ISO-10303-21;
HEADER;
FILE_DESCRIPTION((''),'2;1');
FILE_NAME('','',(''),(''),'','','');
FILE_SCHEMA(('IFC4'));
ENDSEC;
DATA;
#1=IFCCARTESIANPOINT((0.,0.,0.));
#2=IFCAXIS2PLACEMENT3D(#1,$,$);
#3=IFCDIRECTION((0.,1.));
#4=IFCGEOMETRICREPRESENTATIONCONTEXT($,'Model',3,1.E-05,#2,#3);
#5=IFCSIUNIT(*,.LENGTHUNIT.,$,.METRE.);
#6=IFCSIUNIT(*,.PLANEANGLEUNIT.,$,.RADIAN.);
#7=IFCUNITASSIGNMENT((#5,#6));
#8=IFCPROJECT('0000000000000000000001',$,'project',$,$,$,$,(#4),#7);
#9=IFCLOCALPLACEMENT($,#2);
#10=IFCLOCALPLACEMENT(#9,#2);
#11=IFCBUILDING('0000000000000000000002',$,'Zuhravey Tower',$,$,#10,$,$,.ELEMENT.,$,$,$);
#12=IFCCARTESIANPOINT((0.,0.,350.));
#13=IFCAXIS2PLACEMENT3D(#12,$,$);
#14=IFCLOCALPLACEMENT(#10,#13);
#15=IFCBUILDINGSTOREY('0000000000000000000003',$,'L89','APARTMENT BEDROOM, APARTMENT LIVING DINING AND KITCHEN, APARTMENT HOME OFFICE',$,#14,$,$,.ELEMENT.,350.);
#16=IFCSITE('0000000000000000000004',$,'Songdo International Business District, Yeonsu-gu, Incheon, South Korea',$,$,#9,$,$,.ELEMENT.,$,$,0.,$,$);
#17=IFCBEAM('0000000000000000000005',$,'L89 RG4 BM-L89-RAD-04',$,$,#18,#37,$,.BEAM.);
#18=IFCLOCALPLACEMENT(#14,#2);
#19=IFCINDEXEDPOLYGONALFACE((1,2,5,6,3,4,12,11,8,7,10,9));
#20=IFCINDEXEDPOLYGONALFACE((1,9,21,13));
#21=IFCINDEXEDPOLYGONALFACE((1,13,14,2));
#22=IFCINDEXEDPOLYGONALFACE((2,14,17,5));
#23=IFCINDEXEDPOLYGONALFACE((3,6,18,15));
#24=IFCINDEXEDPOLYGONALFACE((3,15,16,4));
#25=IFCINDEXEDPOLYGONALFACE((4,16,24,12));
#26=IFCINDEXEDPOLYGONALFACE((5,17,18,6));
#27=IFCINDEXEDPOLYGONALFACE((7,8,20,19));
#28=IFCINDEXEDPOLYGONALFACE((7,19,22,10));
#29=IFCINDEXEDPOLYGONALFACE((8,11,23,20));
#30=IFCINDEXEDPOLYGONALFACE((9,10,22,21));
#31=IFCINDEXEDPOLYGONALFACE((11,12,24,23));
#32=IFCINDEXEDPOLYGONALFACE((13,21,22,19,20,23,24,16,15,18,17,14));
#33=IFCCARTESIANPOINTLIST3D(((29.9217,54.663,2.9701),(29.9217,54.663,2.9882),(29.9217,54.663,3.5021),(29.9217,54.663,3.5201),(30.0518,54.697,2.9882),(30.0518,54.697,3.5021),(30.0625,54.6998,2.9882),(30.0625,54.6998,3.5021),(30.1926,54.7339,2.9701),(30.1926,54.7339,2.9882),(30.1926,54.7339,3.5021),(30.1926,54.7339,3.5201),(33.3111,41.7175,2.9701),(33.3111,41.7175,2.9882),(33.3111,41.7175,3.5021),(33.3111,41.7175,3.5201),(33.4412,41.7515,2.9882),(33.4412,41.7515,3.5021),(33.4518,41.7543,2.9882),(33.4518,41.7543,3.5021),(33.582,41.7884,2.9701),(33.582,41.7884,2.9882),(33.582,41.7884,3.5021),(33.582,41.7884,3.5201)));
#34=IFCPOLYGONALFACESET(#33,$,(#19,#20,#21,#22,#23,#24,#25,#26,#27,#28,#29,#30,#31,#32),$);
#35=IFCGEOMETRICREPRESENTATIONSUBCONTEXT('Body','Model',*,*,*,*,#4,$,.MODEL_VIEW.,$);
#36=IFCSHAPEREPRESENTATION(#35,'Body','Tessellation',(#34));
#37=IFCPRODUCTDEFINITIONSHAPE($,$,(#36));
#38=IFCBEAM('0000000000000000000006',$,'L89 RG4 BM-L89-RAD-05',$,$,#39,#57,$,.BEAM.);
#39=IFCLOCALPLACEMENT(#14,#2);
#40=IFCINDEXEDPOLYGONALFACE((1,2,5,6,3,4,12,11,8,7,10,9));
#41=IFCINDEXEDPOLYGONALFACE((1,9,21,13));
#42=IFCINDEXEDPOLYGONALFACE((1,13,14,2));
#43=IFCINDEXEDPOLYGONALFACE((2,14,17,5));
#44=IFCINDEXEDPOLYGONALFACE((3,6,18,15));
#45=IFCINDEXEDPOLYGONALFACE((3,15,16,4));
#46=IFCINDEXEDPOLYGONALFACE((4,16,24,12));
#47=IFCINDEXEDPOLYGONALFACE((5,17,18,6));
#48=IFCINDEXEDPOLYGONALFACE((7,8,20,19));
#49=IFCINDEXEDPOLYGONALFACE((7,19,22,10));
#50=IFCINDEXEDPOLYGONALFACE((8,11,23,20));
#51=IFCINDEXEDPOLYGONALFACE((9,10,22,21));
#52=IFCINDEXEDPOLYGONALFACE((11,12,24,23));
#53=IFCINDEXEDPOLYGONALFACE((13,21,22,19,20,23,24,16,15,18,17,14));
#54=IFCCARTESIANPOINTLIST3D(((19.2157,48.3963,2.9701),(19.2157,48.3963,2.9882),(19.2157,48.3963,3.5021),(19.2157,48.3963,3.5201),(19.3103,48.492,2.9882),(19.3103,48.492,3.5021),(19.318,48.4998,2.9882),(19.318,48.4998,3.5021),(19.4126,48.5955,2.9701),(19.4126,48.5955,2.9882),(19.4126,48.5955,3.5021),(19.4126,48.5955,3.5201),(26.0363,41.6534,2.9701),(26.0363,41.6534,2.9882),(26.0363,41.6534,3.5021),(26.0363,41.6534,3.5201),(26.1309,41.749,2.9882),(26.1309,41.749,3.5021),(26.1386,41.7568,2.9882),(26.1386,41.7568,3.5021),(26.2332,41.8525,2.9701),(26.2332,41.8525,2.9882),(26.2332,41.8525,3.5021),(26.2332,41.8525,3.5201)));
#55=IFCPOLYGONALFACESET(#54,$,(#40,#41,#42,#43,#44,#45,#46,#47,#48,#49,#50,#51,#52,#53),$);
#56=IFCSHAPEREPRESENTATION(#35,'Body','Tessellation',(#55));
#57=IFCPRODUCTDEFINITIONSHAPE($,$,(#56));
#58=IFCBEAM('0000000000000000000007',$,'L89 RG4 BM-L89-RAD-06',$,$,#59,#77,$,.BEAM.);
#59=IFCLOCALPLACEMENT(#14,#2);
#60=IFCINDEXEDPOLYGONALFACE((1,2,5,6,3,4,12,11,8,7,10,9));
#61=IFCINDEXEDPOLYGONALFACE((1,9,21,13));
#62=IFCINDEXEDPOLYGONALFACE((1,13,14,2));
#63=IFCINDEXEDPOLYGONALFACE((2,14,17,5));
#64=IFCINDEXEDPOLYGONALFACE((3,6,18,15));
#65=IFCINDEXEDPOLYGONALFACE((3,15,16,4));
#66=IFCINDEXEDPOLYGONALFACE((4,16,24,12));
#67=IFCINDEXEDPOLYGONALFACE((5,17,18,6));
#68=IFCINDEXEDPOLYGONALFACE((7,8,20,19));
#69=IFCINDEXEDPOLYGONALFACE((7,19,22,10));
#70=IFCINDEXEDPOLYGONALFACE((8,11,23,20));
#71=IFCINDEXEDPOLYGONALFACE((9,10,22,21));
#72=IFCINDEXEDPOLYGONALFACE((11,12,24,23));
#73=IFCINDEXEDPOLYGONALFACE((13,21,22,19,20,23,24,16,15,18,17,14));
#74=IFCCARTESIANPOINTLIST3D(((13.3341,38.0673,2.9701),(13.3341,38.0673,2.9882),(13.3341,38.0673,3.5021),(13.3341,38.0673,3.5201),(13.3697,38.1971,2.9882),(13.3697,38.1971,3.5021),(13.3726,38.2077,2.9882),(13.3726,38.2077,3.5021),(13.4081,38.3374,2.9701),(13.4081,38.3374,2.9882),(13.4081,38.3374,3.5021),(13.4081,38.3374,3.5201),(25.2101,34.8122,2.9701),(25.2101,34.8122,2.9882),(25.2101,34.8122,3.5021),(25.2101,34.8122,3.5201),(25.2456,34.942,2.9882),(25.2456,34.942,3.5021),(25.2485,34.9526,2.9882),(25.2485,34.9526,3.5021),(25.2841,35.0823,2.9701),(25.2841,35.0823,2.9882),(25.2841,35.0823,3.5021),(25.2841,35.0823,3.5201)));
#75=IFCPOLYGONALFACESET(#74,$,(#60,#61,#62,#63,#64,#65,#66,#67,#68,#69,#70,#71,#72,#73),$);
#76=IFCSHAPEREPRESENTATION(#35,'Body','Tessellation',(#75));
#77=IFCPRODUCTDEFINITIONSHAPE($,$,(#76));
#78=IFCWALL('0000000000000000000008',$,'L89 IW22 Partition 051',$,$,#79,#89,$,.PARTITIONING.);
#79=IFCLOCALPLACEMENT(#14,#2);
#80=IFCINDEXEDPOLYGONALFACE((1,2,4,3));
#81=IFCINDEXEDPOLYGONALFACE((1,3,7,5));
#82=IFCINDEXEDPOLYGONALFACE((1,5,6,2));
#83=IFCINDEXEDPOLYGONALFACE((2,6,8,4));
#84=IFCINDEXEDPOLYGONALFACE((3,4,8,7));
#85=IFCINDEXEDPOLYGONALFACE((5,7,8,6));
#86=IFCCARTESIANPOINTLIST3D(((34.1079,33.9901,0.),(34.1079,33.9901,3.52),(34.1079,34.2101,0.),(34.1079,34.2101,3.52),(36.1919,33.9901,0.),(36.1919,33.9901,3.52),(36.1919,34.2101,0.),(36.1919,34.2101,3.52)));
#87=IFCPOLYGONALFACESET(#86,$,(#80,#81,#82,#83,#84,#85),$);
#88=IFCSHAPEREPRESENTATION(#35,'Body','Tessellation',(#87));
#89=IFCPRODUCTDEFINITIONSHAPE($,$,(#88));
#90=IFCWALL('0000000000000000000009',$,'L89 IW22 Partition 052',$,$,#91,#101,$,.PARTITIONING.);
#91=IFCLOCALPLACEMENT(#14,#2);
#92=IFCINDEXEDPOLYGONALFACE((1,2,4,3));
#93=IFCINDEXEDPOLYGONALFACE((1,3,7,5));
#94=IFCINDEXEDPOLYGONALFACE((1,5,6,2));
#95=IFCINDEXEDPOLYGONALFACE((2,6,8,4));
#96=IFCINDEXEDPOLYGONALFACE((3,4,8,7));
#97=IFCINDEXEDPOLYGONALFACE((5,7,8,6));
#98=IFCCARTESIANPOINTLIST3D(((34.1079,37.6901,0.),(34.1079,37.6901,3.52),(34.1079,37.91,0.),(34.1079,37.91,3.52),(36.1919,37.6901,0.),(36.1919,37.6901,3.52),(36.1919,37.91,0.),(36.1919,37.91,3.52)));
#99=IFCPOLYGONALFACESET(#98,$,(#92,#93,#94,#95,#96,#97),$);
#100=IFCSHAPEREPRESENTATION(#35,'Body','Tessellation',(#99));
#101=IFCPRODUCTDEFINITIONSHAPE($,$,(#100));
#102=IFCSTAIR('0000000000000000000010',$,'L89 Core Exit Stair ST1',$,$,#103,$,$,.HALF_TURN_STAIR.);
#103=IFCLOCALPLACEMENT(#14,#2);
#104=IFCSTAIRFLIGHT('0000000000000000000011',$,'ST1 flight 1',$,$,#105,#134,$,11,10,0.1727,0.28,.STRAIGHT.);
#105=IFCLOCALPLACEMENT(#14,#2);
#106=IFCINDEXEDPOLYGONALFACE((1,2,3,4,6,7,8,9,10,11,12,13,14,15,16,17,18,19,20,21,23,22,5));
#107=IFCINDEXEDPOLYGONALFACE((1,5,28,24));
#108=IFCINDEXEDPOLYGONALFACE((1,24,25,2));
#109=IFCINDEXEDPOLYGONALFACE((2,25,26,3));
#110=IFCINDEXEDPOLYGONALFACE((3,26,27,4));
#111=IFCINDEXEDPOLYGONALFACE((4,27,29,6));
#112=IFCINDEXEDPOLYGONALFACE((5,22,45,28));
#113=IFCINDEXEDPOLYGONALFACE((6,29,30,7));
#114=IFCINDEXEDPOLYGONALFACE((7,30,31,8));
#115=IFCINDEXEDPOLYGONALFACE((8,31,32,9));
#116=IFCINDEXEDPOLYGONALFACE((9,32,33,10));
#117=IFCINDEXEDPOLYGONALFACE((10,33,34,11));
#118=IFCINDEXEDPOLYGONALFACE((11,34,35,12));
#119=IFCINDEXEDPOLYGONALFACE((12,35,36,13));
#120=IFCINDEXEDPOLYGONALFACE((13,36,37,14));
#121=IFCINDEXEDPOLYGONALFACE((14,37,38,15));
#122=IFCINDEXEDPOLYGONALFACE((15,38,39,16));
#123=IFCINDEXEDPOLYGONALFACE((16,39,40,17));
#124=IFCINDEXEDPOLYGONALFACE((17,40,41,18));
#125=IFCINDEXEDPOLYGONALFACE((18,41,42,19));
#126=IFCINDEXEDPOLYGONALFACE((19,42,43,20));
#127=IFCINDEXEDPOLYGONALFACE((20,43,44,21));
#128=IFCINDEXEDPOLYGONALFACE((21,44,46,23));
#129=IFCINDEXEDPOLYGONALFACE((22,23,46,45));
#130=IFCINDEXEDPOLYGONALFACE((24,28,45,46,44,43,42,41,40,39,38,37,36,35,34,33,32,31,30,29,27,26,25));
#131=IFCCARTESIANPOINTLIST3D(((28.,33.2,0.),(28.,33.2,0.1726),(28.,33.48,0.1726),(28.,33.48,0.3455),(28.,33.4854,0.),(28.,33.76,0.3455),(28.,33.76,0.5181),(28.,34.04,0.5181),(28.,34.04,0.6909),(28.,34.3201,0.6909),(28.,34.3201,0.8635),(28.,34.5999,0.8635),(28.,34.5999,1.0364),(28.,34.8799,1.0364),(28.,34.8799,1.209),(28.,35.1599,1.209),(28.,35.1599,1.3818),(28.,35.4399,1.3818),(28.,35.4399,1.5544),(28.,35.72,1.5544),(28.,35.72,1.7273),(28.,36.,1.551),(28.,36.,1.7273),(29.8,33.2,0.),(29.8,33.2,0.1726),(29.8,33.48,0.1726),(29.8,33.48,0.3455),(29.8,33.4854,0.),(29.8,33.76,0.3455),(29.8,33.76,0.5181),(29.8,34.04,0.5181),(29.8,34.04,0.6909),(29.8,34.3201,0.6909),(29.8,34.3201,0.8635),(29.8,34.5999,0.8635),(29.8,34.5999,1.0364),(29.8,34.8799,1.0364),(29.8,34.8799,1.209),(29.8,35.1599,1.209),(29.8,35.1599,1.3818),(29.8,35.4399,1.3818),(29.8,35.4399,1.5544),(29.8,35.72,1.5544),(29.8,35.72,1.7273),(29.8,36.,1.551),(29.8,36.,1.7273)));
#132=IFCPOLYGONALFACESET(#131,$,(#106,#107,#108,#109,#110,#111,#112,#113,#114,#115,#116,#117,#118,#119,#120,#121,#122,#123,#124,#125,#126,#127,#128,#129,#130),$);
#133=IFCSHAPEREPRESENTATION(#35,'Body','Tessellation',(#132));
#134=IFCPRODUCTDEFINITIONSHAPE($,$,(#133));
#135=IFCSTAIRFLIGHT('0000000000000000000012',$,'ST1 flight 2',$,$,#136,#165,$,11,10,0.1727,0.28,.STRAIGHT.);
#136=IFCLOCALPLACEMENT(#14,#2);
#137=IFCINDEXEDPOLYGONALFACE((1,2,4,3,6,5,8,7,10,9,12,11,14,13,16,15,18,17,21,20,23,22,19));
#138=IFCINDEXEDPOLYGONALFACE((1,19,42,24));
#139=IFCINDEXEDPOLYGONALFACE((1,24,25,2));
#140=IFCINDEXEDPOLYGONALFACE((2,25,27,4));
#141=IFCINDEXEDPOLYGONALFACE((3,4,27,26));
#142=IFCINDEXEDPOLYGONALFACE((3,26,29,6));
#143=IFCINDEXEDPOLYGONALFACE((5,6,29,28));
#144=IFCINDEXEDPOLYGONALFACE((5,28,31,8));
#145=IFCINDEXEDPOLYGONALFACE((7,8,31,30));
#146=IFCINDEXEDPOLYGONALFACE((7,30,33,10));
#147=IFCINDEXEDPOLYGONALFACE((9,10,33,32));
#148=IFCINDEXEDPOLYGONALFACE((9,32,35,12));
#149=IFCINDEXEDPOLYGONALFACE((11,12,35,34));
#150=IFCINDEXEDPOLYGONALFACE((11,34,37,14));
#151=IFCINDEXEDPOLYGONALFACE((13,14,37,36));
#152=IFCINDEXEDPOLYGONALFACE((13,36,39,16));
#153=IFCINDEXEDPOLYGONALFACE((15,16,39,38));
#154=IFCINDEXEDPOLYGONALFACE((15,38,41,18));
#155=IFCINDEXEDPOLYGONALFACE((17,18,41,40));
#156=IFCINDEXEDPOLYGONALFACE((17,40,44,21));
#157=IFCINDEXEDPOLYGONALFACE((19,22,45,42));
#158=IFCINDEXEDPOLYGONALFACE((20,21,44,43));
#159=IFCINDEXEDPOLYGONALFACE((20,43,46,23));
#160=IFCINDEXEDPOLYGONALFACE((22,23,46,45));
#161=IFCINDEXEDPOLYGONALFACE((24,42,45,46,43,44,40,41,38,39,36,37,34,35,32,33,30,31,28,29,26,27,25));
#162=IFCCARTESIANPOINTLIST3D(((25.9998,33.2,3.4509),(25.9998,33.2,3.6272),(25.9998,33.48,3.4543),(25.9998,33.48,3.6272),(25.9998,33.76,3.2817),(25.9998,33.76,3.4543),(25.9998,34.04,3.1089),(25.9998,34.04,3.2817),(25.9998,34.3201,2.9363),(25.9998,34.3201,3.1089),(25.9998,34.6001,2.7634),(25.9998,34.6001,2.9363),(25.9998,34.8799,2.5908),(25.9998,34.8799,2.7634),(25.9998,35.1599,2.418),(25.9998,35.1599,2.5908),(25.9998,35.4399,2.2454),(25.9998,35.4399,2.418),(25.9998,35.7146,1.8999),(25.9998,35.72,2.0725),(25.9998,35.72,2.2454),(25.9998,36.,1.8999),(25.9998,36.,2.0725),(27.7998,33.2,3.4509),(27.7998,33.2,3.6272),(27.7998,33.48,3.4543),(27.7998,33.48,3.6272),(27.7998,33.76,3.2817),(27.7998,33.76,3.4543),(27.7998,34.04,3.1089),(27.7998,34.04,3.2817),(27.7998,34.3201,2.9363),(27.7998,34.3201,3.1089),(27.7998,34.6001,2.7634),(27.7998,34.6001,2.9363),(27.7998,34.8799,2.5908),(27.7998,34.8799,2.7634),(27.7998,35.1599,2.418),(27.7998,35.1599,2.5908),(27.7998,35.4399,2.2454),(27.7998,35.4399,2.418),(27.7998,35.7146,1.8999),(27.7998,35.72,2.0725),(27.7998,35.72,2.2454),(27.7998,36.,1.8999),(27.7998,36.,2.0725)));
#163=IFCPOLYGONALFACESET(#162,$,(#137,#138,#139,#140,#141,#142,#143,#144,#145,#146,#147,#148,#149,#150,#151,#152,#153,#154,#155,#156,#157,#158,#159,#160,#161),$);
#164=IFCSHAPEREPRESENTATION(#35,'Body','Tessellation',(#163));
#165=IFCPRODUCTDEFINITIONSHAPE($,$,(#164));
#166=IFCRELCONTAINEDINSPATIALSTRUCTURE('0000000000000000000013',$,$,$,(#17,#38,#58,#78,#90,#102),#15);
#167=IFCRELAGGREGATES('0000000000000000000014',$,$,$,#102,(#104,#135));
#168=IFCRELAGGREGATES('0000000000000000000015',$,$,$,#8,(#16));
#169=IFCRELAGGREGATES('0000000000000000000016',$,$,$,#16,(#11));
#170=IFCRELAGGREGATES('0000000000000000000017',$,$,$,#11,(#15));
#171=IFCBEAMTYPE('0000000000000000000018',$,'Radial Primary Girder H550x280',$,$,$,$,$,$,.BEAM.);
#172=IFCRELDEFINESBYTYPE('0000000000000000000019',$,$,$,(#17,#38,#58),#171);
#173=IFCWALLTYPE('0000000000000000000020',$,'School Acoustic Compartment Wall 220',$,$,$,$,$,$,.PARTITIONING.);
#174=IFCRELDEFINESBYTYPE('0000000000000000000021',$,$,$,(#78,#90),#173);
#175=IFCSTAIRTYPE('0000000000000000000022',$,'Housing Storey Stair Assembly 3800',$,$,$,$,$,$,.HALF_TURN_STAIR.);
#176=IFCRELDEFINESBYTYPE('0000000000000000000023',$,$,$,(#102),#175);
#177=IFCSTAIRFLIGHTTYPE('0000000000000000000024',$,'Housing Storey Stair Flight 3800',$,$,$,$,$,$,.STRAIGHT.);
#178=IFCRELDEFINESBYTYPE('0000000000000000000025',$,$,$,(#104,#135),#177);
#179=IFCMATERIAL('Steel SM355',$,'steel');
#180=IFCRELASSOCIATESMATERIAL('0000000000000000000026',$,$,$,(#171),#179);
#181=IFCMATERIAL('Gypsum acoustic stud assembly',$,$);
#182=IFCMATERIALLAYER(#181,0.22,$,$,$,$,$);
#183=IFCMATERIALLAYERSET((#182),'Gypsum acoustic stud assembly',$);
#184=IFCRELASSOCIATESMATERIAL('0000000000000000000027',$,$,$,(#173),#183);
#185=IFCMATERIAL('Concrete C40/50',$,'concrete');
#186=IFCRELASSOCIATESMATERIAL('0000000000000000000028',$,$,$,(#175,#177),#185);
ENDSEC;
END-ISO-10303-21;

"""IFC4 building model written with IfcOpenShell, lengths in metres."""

from ifc_helpers import new_model, si_unit, direction, frame, frame_2d, origin, origin_2d, place, context, subcontext, project, spatial, polyline, rectangle, i_section, outline, extrude, material, layer, layer_set, material_profile, profile_set, type_object, element, aggregate, save


model = new_model("IFC4")

# Units and contexts
model_context = context("Model", 3, precision=1e-05, world=origin(), true_north=direction((0.0, 1.0)))
body_context = subcontext(model_context, "Body", "Model", "MODEL_VIEW")
ifc_project = project(units=[si_unit("LENGTHUNIT", "METRE"), si_unit("PLANEANGLEUNIT", "RADIAN")], contexts=[model_context])

# Site, building, storey
site_placement = place(None, origin())
site = spatial("IfcSite", under=ifc_project, at=site_placement, Name="Songdo International Business District, Yeonsu-gu, Incheon, South Korea", CompositionType="ELEMENT", RefElevation=0.0)
building_placement = place(site_placement, origin())
building = spatial("IfcBuilding", under=site, at=building_placement, Name="Zuhravey Tower", CompositionType="ELEMENT")
storey_placement = place(building_placement, frame((0.0, 0.0, 350.0)))
storey = spatial("IfcBuildingStorey", under=building, at=storey_placement, Name="L89", Description="APARTMENT BEDROOM, APARTMENT LIVING DINING AND KITCHEN, APARTMENT HOME OFFICE", CompositionType="ELEMENT", Elevation=350.0)

# Beams
ifc_material_1 = material(Name="Steel SM355", Category="steel")
ifc_material_profile = material_profile(ifc_material_1, i_section(OverallWidth=0.28, OverallDepth=0.55, WebThickness=0.011, FlangeThickness=0.0181, at=origin_2d()), Name="H-550x280x11x18")
ifc_profile_set = profile_set([ifc_material_profile], Name="Steel SM355")
beam_type = type_object("IfcBeamType", Name="Radial Primary Girder H550x280", PredefinedType="BEAM", material=ifc_profile_set)
beam_1_placement = place(storey_placement, frame((33.4465, 41.7529, 3.2451), z_axis=(-0.253283, 0.967392, 0.0), x_axis=(-0.967392, -0.253283, 0.0)))
element("IfcBeam", 1, at=beam_1_placement, inside=storey, type_object=beam_type, Name="L89 RG4 BM-L89-RAD-04", PredefinedType="BEAM", context=body_context, shape_type="SweptSolid", body=[
    extrude(i_section(OverallWidth=0.28, OverallDepth=0.55, WebThickness=0.011, FlangeThickness=0.0181, at=origin_2d()), origin(), (0.0, 0.0, 1.0), 13.3818),
])
beam_2_placement = place(storey_placement, frame((26.1348, 41.7529, 3.2451), z_axis=(-0.711143, 0.703048, 0.0), x_axis=(-0.703048, -0.711143, 0.0)))
element("IfcBeam", 2, at=beam_2_placement, inside=storey, type_object=beam_type, Name="L89 RG4 BM-L89-RAD-05", PredefinedType="BEAM", context=body_context, shape_type="SweptSolid", body=[
    extrude(i_section(OverallWidth=0.28, OverallDepth=0.55, WebThickness=0.011, FlangeThickness=0.0181, at=origin_2d()), origin(), (0.0, 0.0, 1.0), 9.5911),
])
beam_3_placement = place(storey_placement, frame((25.2471, 34.9473, 3.2451), z_axis=(-0.964429, 0.264344, 0.0), x_axis=(-0.264344, -0.964429, 0.0)))
element("IfcBeam", 3, at=beam_3_placement, inside=storey, type_object=beam_type, Name="L89 RG4 BM-L89-RAD-06", PredefinedType="BEAM", context=body_context, shape_type="SweptSolid", body=[
    extrude(i_section(OverallWidth=0.28, OverallDepth=0.55, WebThickness=0.011, FlangeThickness=0.0181, at=origin_2d()), origin(), (0.0, 0.0, 1.0), 12.314),
])

# Walls
ifc_material_2 = material(Name="Gypsum acoustic stud assembly")
ifc_layer = layer(ifc_material_2, 0.22)
ifc_layer_set = layer_set([ifc_layer], Name="Gypsum acoustic stud assembly")
wall_type = type_object("IfcWallType", Name="School Acoustic Compartment Wall 220", PredefinedType="PARTITIONING", material=ifc_layer_set)
for number, where, z_axis, x_axis, name in (
    (4, (34.1079, 34.1001, 0.0), (0.0, 0.0, 1.0), (1.0, 0.0, 0.0), "L89 IW22 Partition 051"),
    (5, (34.1079, 37.8, 0.0), (0.0, 0.0, 1.0), (1.0, 0.0, 0.0), "L89 IW22 Partition 052"),
):
    element("IfcWall", number, at=place(storey_placement, frame(where, z_axis=z_axis, x_axis=x_axis)), inside=storey, type_object=wall_type, Name=name, PredefinedType="PARTITIONING", context=body_context, shape_type="SweptSolid", body=[
        extrude(rectangle(XDim=2.084, YDim=0.22, at=frame_2d((1.042, 0.0))), origin(), (0.0, 0.0, 1.0), 3.52),
    ])

# Stair, stair flights
ifc_material_3 = material(Name="Concrete C40/50", Category="concrete")
stair_type = type_object("IfcStairType", Name="Housing Storey Stair Assembly 3800", PredefinedType="HALF_TURN_STAIR", material=ifc_material_3)
stair_1_placement = place(storey_placement, origin())
stair_1 = element("IfcStair", 6, at=stair_1_placement, inside=storey, type_object=stair_type, Name="L89 Core Exit Stair ST1", PredefinedType="HALF_TURN_STAIR")
stair_flight_type = type_object("IfcStairFlightType", Name="Housing Storey Stair Flight 3800", PredefinedType="STRAIGHT", material=ifc_material_3)
stair_flight_1_placement = place(storey_placement, frame((28.8999, 33.2, 0.0), z_axis=(0.0, 0.0, 1.0), x_axis=(0.0, 1.0, 0.0)))
stair_flight_1 = element("IfcStairFlight", 7, at=stair_flight_1_placement, type_object=stair_flight_type, Name="ST1 flight 1", NumberOfRisers=11, NumberOfTreads=10, PredefinedType="STRAIGHT", RiserHeight=0.1727, TreadLength=0.28, context=body_context, shape_type="SweptSolid", body=[
    extrude(outline(polyline([(0.0, 0.0), (0.0, 0.1726), (0.28, 0.1726), (0.28, 0.3455), (0.5601, 0.3455), (0.5601, 0.5181), (0.8401, 0.5181), (0.8401, 0.6909), (1.1201, 0.6909), (1.1201, 0.8635), (1.3999, 0.8635), (1.3999, 1.0364), (1.6799, 1.0364), (1.6799, 1.209), (1.96, 1.209), (1.96, 1.3818), (2.24, 1.3818), (2.24, 1.5544), (2.52, 1.5544), (2.52, 1.7273), (2.8, 1.7273), (2.8, 1.8999), (2.8, 1.551), (0.2854, 0.0), (0.0, 0.0)])), frame((0.0, 0.8999, 0.0), z_axis=(0.0, -1.0, 0.0), x_axis=(1.0, 0.0, 0.0)), (0.0, 0.0, 1.0), 1.8),
])
stair_flight_2_placement = place(storey_placement, frame((26.8999, 36.0, 1.8999), z_axis=(0.0, 0.0, 1.0), x_axis=(0.0, -1.0, 0.0)))
stair_flight_2 = element("IfcStairFlight", 8, at=stair_flight_2_placement, type_object=stair_flight_type, Name="ST1 flight 2", NumberOfRisers=11, NumberOfTreads=10, PredefinedType="STRAIGHT", RiserHeight=0.1727, TreadLength=0.28, context=body_context, shape_type="SweptSolid", body=[
    extrude(outline(polyline([(0.0, 0.0), (0.0, 0.1726), (0.28, 0.1726), (0.28, 0.3455), (0.5601, 0.3455), (0.5601, 0.5181), (0.8401, 0.5181), (0.8401, 0.6909), (1.1201, 0.6909), (1.1201, 0.8635), (1.3999, 0.8635), (1.3999, 1.0364), (1.6799, 1.0364), (1.6799, 1.209), (1.96, 1.209), (1.96, 1.3818), (2.24, 1.3818), (2.24, 1.5544), (2.52, 1.5544), (2.52, 1.7273), (2.8, 1.7273), (2.8, 1.8999), (2.8, 1.551), (0.2854, 0.0), (0.0, 0.0)])), frame((0.0, 0.8999, 0.0), z_axis=(0.0, -1.0, 0.0), x_axis=(1.0, 0.0, 0.0)), (0.0, 0.0, 1.0), 1.8),
])
aggregate(stair_1, [stair_flight_1, stair_flight_2])

save(model, "model.ifc")
